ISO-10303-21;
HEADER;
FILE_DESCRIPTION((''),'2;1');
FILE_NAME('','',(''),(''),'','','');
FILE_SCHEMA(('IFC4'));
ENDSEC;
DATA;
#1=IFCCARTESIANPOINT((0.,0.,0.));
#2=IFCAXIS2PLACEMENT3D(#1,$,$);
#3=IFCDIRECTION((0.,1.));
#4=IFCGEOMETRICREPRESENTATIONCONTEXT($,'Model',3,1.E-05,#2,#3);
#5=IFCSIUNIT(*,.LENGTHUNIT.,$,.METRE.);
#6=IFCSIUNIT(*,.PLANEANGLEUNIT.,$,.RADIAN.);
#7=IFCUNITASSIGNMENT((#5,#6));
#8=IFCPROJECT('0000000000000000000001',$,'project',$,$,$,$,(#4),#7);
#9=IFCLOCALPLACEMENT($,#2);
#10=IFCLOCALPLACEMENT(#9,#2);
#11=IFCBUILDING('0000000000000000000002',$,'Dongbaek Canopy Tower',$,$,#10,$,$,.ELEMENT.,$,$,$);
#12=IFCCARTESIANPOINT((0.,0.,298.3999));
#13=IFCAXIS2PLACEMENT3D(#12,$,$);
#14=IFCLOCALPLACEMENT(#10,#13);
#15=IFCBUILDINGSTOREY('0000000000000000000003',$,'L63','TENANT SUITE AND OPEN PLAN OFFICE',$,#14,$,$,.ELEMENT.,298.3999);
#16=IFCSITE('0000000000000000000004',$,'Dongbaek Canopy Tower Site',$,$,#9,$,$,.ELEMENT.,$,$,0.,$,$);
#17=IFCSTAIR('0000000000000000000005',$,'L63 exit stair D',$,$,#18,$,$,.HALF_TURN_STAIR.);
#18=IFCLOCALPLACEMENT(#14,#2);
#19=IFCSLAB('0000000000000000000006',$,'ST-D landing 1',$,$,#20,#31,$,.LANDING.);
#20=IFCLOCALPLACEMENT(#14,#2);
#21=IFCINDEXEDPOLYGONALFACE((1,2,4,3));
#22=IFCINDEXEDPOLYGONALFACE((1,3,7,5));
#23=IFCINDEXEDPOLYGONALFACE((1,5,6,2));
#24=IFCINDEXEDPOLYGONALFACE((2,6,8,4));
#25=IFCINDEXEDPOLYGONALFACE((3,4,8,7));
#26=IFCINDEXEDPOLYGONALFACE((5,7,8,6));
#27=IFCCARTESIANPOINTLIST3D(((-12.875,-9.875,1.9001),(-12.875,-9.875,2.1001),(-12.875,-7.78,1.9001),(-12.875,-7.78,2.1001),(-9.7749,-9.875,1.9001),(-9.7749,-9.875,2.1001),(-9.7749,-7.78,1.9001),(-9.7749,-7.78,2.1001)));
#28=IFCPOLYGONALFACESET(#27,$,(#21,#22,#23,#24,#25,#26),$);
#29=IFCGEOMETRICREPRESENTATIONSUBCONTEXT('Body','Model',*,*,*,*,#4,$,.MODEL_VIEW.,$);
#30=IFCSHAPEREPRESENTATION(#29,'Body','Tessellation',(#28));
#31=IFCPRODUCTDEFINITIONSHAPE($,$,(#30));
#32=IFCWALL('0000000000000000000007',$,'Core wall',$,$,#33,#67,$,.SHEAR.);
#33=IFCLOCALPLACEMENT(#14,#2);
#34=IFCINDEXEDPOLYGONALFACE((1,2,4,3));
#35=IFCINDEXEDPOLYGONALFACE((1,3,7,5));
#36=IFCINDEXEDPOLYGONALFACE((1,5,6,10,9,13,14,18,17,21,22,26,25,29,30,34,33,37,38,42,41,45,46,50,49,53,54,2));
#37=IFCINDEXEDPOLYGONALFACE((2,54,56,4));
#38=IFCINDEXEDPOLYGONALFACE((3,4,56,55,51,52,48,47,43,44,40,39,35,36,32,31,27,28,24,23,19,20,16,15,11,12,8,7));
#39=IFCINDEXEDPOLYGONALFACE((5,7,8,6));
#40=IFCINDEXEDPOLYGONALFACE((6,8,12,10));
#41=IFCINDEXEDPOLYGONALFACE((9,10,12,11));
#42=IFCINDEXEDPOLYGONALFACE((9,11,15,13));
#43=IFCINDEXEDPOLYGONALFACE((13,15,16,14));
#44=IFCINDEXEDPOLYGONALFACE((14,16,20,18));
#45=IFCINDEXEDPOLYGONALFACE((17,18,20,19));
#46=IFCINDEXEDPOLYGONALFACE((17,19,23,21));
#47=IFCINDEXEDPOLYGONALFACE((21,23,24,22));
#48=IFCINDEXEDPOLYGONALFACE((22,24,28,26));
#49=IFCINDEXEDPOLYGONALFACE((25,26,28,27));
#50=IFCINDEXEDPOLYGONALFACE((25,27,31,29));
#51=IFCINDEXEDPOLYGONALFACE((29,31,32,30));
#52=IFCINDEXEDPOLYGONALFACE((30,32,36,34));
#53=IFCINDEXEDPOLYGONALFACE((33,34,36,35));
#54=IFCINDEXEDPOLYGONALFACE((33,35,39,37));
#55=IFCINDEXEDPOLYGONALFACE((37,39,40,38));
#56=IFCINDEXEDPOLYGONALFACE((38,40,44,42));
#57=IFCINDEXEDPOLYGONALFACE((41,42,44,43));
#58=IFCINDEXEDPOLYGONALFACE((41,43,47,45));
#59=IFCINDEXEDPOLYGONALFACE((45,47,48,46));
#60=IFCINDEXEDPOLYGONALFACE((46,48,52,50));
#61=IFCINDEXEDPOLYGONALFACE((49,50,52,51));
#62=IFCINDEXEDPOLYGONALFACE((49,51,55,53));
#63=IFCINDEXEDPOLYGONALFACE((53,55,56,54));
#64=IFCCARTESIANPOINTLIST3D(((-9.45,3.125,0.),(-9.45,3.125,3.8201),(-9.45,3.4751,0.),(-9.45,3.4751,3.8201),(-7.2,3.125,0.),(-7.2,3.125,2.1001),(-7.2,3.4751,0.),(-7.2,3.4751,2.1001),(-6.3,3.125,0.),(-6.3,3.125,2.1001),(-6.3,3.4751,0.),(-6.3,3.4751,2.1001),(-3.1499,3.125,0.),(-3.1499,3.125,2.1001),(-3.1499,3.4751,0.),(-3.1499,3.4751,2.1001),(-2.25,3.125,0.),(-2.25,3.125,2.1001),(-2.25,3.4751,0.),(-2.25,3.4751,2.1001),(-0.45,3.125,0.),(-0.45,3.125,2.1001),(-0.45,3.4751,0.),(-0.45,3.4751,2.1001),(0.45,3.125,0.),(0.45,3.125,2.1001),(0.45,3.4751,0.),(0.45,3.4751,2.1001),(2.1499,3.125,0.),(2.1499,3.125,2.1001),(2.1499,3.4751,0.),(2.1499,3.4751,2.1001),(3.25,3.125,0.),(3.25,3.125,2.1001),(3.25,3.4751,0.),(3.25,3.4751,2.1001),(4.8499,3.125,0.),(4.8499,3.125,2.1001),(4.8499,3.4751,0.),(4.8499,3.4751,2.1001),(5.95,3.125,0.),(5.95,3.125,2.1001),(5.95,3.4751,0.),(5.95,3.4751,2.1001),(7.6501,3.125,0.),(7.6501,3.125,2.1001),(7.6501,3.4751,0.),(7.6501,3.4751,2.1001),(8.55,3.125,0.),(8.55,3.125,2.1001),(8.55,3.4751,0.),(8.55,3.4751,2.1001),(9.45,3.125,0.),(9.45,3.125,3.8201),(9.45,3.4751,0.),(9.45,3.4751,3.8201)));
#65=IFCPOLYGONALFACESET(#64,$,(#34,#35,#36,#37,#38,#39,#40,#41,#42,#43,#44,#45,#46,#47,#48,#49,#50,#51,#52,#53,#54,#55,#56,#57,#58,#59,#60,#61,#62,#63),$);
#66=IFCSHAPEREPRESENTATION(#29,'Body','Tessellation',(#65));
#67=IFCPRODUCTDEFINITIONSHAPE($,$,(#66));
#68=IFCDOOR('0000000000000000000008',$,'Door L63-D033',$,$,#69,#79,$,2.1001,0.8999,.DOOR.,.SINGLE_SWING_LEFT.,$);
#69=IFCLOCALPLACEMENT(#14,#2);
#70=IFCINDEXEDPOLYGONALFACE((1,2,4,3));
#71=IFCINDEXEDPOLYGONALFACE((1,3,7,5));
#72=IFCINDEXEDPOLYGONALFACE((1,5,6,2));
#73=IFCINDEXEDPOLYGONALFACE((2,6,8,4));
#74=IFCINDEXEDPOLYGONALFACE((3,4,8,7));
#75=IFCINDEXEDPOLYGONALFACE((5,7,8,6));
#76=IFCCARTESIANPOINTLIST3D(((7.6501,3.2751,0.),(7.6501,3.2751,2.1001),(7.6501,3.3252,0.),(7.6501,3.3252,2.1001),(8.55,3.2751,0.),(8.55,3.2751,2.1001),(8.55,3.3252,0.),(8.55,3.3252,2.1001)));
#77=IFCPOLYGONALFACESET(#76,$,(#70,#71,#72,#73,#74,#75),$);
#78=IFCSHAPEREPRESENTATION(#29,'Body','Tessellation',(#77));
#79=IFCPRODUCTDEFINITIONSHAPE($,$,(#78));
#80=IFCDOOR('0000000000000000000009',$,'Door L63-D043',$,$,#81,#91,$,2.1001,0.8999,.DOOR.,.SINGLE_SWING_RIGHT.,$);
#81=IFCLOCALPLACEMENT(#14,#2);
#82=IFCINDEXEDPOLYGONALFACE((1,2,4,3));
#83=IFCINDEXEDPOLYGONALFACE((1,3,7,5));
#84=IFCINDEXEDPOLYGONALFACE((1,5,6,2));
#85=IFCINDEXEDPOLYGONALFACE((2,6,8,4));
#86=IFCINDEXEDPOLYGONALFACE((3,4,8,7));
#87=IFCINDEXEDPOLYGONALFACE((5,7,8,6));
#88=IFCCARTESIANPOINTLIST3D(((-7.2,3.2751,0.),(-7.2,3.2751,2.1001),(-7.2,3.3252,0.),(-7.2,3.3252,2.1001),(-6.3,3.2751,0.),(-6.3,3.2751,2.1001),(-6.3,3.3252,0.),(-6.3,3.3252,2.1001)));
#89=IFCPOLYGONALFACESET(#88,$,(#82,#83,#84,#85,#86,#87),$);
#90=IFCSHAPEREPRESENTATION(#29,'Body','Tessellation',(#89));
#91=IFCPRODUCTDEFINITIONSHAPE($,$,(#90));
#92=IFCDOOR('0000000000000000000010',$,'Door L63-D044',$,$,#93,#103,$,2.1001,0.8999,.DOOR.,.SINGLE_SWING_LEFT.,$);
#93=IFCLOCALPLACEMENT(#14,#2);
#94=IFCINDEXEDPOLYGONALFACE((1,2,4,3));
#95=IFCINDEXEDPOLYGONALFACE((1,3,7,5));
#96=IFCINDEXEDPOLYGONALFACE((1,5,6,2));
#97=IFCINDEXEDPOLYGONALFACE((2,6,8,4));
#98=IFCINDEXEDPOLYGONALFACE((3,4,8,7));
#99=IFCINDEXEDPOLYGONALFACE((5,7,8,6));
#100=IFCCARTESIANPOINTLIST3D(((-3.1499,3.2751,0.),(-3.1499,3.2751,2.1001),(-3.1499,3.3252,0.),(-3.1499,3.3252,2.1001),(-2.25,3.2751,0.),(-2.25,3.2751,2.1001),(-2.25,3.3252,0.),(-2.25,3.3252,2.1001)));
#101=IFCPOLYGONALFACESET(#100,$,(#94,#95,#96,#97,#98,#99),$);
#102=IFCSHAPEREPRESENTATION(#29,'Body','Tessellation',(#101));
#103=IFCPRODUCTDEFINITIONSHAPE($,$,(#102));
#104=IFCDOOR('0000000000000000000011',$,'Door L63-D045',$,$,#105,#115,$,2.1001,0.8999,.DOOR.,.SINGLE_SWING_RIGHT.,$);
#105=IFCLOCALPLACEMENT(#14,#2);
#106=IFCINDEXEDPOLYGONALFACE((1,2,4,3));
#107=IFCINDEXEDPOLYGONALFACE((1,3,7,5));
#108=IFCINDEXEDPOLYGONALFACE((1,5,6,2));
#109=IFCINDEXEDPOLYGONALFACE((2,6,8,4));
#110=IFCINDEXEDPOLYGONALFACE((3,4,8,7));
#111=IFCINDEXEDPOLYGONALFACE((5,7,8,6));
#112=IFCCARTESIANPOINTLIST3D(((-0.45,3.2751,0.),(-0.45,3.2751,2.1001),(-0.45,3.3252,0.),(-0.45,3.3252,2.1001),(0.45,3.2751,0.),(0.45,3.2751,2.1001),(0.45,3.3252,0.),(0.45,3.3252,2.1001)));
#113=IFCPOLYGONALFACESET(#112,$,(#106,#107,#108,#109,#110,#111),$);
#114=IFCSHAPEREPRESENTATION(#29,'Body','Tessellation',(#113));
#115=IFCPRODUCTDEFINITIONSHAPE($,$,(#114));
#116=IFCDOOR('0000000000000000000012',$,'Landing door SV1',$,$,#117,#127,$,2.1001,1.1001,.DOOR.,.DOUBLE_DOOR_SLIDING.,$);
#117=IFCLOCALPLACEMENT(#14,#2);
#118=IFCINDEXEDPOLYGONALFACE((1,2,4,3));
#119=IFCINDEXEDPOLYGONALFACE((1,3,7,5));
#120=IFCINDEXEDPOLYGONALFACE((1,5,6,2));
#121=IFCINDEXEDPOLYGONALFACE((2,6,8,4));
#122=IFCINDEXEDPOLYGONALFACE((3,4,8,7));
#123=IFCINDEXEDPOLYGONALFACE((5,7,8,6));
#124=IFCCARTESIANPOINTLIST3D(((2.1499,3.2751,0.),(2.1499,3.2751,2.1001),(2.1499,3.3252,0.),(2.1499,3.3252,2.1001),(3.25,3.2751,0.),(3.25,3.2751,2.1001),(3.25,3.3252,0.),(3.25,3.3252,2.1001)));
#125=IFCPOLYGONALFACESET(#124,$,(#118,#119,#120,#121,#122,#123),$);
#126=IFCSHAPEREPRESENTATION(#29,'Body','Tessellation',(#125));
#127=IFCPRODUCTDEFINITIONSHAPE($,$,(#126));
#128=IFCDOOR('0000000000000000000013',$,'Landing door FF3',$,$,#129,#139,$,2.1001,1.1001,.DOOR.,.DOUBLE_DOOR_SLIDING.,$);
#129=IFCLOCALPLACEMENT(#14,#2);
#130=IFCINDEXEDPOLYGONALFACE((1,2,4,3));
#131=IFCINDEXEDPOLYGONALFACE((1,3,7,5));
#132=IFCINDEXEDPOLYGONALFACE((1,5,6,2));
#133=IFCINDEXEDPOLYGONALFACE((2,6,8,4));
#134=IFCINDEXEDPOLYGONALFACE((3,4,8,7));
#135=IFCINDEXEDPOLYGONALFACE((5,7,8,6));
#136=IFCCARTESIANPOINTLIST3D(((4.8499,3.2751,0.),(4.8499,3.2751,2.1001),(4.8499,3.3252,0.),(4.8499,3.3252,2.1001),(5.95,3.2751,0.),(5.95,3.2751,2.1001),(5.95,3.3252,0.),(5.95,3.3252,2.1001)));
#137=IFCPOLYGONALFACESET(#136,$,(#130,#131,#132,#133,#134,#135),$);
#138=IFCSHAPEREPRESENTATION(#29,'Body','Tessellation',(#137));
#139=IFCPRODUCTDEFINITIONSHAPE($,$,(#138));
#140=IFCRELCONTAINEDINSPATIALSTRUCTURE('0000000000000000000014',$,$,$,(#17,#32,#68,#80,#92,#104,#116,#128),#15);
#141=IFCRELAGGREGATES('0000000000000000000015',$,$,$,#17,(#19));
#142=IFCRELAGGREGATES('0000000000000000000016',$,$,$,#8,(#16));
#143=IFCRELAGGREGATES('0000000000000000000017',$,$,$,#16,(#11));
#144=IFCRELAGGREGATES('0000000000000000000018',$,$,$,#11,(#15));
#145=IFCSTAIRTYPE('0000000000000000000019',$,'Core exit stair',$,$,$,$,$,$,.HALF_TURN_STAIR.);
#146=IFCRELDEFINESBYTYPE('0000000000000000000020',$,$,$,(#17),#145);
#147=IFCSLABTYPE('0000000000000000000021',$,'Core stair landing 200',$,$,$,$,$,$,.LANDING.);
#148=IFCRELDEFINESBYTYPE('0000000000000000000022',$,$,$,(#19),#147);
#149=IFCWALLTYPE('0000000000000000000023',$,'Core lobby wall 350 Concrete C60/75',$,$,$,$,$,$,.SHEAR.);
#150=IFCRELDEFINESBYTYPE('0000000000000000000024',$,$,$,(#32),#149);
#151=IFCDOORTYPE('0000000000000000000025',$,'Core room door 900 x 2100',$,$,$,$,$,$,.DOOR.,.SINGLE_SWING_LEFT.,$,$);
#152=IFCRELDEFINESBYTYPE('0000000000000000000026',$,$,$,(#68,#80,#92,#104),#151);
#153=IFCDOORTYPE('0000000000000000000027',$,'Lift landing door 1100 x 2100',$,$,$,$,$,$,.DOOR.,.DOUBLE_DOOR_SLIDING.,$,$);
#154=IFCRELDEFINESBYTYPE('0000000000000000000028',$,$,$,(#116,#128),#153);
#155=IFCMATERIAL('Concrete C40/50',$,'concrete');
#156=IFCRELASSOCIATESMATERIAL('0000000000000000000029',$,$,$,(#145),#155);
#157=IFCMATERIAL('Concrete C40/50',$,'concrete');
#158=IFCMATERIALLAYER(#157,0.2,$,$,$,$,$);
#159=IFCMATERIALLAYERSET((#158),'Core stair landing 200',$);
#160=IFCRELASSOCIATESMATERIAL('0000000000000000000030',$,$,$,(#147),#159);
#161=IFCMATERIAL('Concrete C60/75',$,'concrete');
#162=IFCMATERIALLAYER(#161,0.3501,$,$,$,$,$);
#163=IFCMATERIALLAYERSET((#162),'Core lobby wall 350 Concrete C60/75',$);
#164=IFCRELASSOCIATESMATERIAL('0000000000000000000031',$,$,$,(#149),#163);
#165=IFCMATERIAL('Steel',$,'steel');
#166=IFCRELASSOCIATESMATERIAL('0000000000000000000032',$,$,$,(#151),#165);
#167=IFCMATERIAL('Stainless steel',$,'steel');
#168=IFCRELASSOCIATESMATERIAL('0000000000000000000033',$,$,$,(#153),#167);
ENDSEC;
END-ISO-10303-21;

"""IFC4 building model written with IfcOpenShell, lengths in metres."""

from ifc_helpers import new_model, si_unit, direction, frame, frame_2d, origin, place, context, subcontext, project, spatial, polyline, rectangle, outline, extrude, material, layer, layer_set, type_object, element, fill, aggregate, save


model = new_model("IFC4")

# Units and contexts
model_context = context("Model", 3, precision=1e-05, world=origin(), true_north=direction((0.0, 1.0)))
body_context = subcontext(model_context, "Body", "Model", "MODEL_VIEW")
ifc_project = project(units=[si_unit("LENGTHUNIT", "METRE"), si_unit("PLANEANGLEUNIT", "RADIAN")], contexts=[model_context])

# Site, building, storey
site_placement = place(None, origin())
site = spatial("IfcSite", under=ifc_project, at=site_placement, Name="Dongbaek Canopy Tower Site", CompositionType="ELEMENT", RefElevation=0.0)
building_placement = place(site_placement, origin())
building = spatial("IfcBuilding", under=site, at=building_placement, Name="Dongbaek Canopy Tower", CompositionType="ELEMENT")
storey_placement = place(building_placement, frame((0.0, 0.0, 298.3999)))
storey = spatial("IfcBuildingStorey", under=building, at=storey_placement, Name="L63", Description="TENANT SUITE AND OPEN PLAN OFFICE", CompositionType="ELEMENT", Elevation=298.3999)

# Stair, slab
ifc_material_1 = material(Name="Concrete C40/50", Category="concrete")
stair_type = type_object("IfcStairType", Name="Core exit stair", PredefinedType="HALF_TURN_STAIR", material=ifc_material_1)
stair_placement = place(storey_placement, origin())
stair = element("IfcStair", 1, at=stair_placement, inside=storey, type_object=stair_type, Name="L63 exit stair D", PredefinedType="HALF_TURN_STAIR")
ifc_material_2 = material(Name="Concrete C40/50", Category="concrete")
ifc_layer_1 = layer(ifc_material_2, 0.2)
ifc_layer_set_1 = layer_set([ifc_layer_1], Name="Core stair landing 200")
slab_type = type_object("IfcSlabType", Name="Core stair landing 200", PredefinedType="LANDING", material=ifc_layer_set_1)
slab_placement = place(storey_placement, frame((0.0, 0.0, 1.9001)))
slab = element("IfcSlab", 2, at=slab_placement, type_object=slab_type, Name="ST-D landing 1", PredefinedType="LANDING", context=body_context, shape_type="SweptSolid", body=[
    extrude(outline(polyline([(-12.875, -7.78), (-12.875, -9.875), (-9.7749, -9.875), (-9.7749, -7.78), (-12.875, -7.78)])), origin(), (0.0, 0.0, 1.0), 0.2),
])
aggregate(stair, [slab])

# Wall, openings, doors
ifc_material_3 = material(Name="Concrete C60/75", Category="concrete")
ifc_layer_2 = layer(ifc_material_3, 0.3501)
ifc_layer_set_2 = layer_set([ifc_layer_2], Name="Core lobby wall 350 Concrete C60/75")
wall_type_1 = type_object("IfcWallType", Name="Core lobby wall 350 Concrete C60/75", PredefinedType="SHEAR", material=ifc_layer_set_2)
wall_1_placement = place(storey_placement, frame((9.45, 3.3, 0.0), z_axis=(0.0, 0.0, 1.0), x_axis=(-1.0, 0.0, 0.0)))
wall_1 = element("IfcWall", 3, at=wall_1_placement, inside=storey, type_object=wall_type_1, Name="Core wall", PredefinedType="SHEAR", context=body_context, shape_type="SweptSolid", body=[
    extrude(rectangle(XDim=18.8999, YDim=0.3501, at=frame_2d((9.45, 0.0))), origin(), (0.0, 0.0, 1.0), 3.8201),
])
opening_1_placement = place(wall_1_placement, frame((6.2, 0.0, 0.0)))
opening_1 = element("IfcOpeningElement", 4, at=opening_1_placement, cuts=wall_1, PredefinedType="OPENING", context=body_context, shape_type="SweptSolid", body=[
    extrude(rectangle(XDim=1.1001, YDim=2.1001, at=frame_2d((0.55, 1.05))), frame((0.0, 0.1851, 0.0), z_axis=(0.0, -1.0, 0.0), x_axis=(1.0, 0.0, 0.0)), (0.0, 0.0, 1.0), 0.3701),
])
opening_2_placement = place(wall_1_placement, frame((3.5, 0.0, 0.0)))
opening_2 = element("IfcOpeningElement", 5, at=opening_2_placement, cuts=wall_1, PredefinedType="OPENING", context=body_context, shape_type="SweptSolid", body=[
    extrude(rectangle(XDim=1.1001, YDim=2.1001, at=frame_2d((0.55, 1.05))), frame((0.0, 0.1851, 0.0), z_axis=(0.0, -1.0, 0.0), x_axis=(1.0, 0.0, 0.0)), (0.0, 0.0, 1.0), 0.3701),
])
opening_3_placement = place(wall_1_placement, frame((0.8999, 0.0, 0.0)))
opening_3 = element("IfcOpeningElement", 6, at=opening_3_placement, cuts=wall_1, PredefinedType="OPENING", context=body_context, shape_type="SweptSolid", body=[
    extrude(rectangle(XDim=0.8999, YDim=2.1001, at=frame_2d((0.45, 1.05))), frame((0.0, 0.1851, 0.0), z_axis=(0.0, -1.0, 0.0), x_axis=(1.0, 0.0, 0.0)), (0.0, 0.0, 1.0), 0.3701),
])
opening_4_placement = place(wall_1_placement, frame((15.75, 0.0, 0.0)))
opening_4 = element("IfcOpeningElement", 7, at=opening_4_placement, cuts=wall_1, PredefinedType="OPENING", context=body_context, shape_type="SweptSolid", body=[
    extrude(rectangle(XDim=0.8999, YDim=2.1001, at=frame_2d((0.45, 1.05))), frame((0.0, 0.1851, 0.0), z_axis=(0.0, -1.0, 0.0), x_axis=(1.0, 0.0, 0.0)), (0.0, 0.0, 1.0), 0.3701),
])
opening_5_placement = place(wall_1_placement, frame((11.7, 0.0, 0.0)))
opening_5 = element("IfcOpeningElement", 8, at=opening_5_placement, cuts=wall_1, PredefinedType="OPENING", context=body_context, shape_type="SweptSolid", body=[
    extrude(rectangle(XDim=0.8999, YDim=2.1001, at=frame_2d((0.45, 1.05))), frame((0.0, 0.1851, 0.0), z_axis=(0.0, -1.0, 0.0), x_axis=(1.0, 0.0, 0.0)), (0.0, 0.0, 1.0), 0.3701),
])
opening_6_placement = place(wall_1_placement, frame((9.0, 0.0, 0.0)))
opening_6 = element("IfcOpeningElement", 9, at=opening_6_placement, cuts=wall_1, PredefinedType="OPENING", context=body_context, shape_type="SweptSolid", body=[
    extrude(rectangle(XDim=0.8999, YDim=2.1001, at=frame_2d((0.45, 1.05))), frame((0.0, 0.1851, 0.0), z_axis=(0.0, -1.0, 0.0), x_axis=(1.0, 0.0, 0.0)), (0.0, 0.0, 1.0), 0.3701),
])
ifc_material_4 = material(Name="Steel", Category="steel")
door_type_1 = type_object("IfcDoorType", Name="Core room door 900 x 2100", OperationType="SINGLE_SWING_LEFT", PredefinedType="DOOR", material=ifc_material_4)
door_1_placement = place(opening_3_placement, origin())
door_1 = element("IfcDoor", 10, at=door_1_placement, inside=storey, type_object=door_type_1, Name="Door L63-D033", OperationType="SINGLE_SWING_LEFT", OverallHeight=2.1001, OverallWidth=0.8999, PredefinedType="DOOR", context=body_context, shape_type="SweptSolid", body=[
    extrude(rectangle(XDim=0.8999, YDim=2.1001, at=frame_2d((0.45, 1.05))), frame((0.0, 0.0249, 0.0), z_axis=(0.0, -1.0, 0.0), x_axis=(1.0, 0.0, 0.0)), (0.0, 0.0, 1.0), 0.05),
])
fill(opening_3, door_1)
door_2_placement = place(opening_4_placement, origin())
door_2 = element("IfcDoor", 11, at=door_2_placement, inside=storey, type_object=door_type_1, Name="Door L63-D043", OperationType="SINGLE_SWING_RIGHT", OverallHeight=2.1001, OverallWidth=0.8999, PredefinedType="DOOR", context=body_context, shape_type="SweptSolid", body=[
    extrude(rectangle(XDim=0.8999, YDim=2.1001, at=frame_2d((0.45, 1.05))), frame((0.0, 0.0249, 0.0), z_axis=(0.0, -1.0, 0.0), x_axis=(1.0, 0.0, 0.0)), (0.0, 0.0, 1.0), 0.05),
])
fill(opening_4, door_2)
door_3_placement = place(opening_5_placement, origin())
door_3 = element("IfcDoor", 12, at=door_3_placement, inside=storey, type_object=door_type_1, Name="Door L63-D044", OperationType="SINGLE_SWING_LEFT", OverallHeight=2.1001, OverallWidth=0.8999, PredefinedType="DOOR", context=body_context, shape_type="SweptSolid", body=[
    extrude(rectangle(XDim=0.8999, YDim=2.1001, at=frame_2d((0.45, 1.05))), frame((0.0, 0.0249, 0.0), z_axis=(0.0, -1.0, 0.0), x_axis=(1.0, 0.0, 0.0)), (0.0, 0.0, 1.0), 0.05),
])
fill(opening_5, door_3)
door_4_placement = place(opening_6_placement, origin())
door_4 = element("IfcDoor", 13, at=door_4_placement, inside=storey, type_object=door_type_1, Name="Door L63-D045", OperationType="SINGLE_SWING_RIGHT", OverallHeight=2.1001, OverallWidth=0.8999, PredefinedType="DOOR", context=body_context, shape_type="SweptSolid", body=[
    extrude(rectangle(XDim=0.8999, YDim=2.1001, at=frame_2d((0.45, 1.05))), frame((0.0, 0.0249, 0.0), z_axis=(0.0, -1.0, 0.0), x_axis=(1.0, 0.0, 0.0)), (0.0, 0.0, 1.0), 0.05),
])
fill(opening_6, door_4)
ifc_material_5 = material(Name="Stainless steel", Category="steel")
door_type_2 = type_object("IfcDoorType", Name="Lift landing door 1100 x 2100", OperationType="DOUBLE_DOOR_SLIDING", PredefinedType="DOOR", material=ifc_material_5)
door_5_placement = place(opening_1_placement, origin())
door_5 = element("IfcDoor", 14, at=door_5_placement, inside=storey, type_object=door_type_2, Name="Landing door SV1", OperationType="DOUBLE_DOOR_SLIDING", OverallHeight=2.1001, OverallWidth=1.1001, PredefinedType="DOOR", context=body_context, shape_type="SweptSolid", body=[
    extrude(rectangle(XDim=1.1001, YDim=2.1001, at=frame_2d((0.55, 1.05))), frame((0.0, 0.0249, 0.0), z_axis=(0.0, -1.0, 0.0), x_axis=(1.0, 0.0, 0.0)), (0.0, 0.0, 1.0), 0.05),
])
fill(opening_1, door_5)
door_6_placement = place(opening_2_placement, origin())
door_6 = element("IfcDoor", 15, at=door_6_placement, inside=storey, type_object=door_type_2, Name="Landing door FF3", OperationType="DOUBLE_DOOR_SLIDING", OverallHeight=2.1001, OverallWidth=1.1001, PredefinedType="DOOR", context=body_context, shape_type="SweptSolid", body=[
    extrude(rectangle(XDim=1.1001, YDim=2.1001, at=frame_2d((0.55, 1.05))), frame((0.0, 0.0249, 0.0), z_axis=(0.0, -1.0, 0.0), x_axis=(1.0, 0.0, 0.0)), (0.0, 0.0, 1.0), 0.05),
])
fill(opening_2, door_6)

save(model, "model.ifc")
